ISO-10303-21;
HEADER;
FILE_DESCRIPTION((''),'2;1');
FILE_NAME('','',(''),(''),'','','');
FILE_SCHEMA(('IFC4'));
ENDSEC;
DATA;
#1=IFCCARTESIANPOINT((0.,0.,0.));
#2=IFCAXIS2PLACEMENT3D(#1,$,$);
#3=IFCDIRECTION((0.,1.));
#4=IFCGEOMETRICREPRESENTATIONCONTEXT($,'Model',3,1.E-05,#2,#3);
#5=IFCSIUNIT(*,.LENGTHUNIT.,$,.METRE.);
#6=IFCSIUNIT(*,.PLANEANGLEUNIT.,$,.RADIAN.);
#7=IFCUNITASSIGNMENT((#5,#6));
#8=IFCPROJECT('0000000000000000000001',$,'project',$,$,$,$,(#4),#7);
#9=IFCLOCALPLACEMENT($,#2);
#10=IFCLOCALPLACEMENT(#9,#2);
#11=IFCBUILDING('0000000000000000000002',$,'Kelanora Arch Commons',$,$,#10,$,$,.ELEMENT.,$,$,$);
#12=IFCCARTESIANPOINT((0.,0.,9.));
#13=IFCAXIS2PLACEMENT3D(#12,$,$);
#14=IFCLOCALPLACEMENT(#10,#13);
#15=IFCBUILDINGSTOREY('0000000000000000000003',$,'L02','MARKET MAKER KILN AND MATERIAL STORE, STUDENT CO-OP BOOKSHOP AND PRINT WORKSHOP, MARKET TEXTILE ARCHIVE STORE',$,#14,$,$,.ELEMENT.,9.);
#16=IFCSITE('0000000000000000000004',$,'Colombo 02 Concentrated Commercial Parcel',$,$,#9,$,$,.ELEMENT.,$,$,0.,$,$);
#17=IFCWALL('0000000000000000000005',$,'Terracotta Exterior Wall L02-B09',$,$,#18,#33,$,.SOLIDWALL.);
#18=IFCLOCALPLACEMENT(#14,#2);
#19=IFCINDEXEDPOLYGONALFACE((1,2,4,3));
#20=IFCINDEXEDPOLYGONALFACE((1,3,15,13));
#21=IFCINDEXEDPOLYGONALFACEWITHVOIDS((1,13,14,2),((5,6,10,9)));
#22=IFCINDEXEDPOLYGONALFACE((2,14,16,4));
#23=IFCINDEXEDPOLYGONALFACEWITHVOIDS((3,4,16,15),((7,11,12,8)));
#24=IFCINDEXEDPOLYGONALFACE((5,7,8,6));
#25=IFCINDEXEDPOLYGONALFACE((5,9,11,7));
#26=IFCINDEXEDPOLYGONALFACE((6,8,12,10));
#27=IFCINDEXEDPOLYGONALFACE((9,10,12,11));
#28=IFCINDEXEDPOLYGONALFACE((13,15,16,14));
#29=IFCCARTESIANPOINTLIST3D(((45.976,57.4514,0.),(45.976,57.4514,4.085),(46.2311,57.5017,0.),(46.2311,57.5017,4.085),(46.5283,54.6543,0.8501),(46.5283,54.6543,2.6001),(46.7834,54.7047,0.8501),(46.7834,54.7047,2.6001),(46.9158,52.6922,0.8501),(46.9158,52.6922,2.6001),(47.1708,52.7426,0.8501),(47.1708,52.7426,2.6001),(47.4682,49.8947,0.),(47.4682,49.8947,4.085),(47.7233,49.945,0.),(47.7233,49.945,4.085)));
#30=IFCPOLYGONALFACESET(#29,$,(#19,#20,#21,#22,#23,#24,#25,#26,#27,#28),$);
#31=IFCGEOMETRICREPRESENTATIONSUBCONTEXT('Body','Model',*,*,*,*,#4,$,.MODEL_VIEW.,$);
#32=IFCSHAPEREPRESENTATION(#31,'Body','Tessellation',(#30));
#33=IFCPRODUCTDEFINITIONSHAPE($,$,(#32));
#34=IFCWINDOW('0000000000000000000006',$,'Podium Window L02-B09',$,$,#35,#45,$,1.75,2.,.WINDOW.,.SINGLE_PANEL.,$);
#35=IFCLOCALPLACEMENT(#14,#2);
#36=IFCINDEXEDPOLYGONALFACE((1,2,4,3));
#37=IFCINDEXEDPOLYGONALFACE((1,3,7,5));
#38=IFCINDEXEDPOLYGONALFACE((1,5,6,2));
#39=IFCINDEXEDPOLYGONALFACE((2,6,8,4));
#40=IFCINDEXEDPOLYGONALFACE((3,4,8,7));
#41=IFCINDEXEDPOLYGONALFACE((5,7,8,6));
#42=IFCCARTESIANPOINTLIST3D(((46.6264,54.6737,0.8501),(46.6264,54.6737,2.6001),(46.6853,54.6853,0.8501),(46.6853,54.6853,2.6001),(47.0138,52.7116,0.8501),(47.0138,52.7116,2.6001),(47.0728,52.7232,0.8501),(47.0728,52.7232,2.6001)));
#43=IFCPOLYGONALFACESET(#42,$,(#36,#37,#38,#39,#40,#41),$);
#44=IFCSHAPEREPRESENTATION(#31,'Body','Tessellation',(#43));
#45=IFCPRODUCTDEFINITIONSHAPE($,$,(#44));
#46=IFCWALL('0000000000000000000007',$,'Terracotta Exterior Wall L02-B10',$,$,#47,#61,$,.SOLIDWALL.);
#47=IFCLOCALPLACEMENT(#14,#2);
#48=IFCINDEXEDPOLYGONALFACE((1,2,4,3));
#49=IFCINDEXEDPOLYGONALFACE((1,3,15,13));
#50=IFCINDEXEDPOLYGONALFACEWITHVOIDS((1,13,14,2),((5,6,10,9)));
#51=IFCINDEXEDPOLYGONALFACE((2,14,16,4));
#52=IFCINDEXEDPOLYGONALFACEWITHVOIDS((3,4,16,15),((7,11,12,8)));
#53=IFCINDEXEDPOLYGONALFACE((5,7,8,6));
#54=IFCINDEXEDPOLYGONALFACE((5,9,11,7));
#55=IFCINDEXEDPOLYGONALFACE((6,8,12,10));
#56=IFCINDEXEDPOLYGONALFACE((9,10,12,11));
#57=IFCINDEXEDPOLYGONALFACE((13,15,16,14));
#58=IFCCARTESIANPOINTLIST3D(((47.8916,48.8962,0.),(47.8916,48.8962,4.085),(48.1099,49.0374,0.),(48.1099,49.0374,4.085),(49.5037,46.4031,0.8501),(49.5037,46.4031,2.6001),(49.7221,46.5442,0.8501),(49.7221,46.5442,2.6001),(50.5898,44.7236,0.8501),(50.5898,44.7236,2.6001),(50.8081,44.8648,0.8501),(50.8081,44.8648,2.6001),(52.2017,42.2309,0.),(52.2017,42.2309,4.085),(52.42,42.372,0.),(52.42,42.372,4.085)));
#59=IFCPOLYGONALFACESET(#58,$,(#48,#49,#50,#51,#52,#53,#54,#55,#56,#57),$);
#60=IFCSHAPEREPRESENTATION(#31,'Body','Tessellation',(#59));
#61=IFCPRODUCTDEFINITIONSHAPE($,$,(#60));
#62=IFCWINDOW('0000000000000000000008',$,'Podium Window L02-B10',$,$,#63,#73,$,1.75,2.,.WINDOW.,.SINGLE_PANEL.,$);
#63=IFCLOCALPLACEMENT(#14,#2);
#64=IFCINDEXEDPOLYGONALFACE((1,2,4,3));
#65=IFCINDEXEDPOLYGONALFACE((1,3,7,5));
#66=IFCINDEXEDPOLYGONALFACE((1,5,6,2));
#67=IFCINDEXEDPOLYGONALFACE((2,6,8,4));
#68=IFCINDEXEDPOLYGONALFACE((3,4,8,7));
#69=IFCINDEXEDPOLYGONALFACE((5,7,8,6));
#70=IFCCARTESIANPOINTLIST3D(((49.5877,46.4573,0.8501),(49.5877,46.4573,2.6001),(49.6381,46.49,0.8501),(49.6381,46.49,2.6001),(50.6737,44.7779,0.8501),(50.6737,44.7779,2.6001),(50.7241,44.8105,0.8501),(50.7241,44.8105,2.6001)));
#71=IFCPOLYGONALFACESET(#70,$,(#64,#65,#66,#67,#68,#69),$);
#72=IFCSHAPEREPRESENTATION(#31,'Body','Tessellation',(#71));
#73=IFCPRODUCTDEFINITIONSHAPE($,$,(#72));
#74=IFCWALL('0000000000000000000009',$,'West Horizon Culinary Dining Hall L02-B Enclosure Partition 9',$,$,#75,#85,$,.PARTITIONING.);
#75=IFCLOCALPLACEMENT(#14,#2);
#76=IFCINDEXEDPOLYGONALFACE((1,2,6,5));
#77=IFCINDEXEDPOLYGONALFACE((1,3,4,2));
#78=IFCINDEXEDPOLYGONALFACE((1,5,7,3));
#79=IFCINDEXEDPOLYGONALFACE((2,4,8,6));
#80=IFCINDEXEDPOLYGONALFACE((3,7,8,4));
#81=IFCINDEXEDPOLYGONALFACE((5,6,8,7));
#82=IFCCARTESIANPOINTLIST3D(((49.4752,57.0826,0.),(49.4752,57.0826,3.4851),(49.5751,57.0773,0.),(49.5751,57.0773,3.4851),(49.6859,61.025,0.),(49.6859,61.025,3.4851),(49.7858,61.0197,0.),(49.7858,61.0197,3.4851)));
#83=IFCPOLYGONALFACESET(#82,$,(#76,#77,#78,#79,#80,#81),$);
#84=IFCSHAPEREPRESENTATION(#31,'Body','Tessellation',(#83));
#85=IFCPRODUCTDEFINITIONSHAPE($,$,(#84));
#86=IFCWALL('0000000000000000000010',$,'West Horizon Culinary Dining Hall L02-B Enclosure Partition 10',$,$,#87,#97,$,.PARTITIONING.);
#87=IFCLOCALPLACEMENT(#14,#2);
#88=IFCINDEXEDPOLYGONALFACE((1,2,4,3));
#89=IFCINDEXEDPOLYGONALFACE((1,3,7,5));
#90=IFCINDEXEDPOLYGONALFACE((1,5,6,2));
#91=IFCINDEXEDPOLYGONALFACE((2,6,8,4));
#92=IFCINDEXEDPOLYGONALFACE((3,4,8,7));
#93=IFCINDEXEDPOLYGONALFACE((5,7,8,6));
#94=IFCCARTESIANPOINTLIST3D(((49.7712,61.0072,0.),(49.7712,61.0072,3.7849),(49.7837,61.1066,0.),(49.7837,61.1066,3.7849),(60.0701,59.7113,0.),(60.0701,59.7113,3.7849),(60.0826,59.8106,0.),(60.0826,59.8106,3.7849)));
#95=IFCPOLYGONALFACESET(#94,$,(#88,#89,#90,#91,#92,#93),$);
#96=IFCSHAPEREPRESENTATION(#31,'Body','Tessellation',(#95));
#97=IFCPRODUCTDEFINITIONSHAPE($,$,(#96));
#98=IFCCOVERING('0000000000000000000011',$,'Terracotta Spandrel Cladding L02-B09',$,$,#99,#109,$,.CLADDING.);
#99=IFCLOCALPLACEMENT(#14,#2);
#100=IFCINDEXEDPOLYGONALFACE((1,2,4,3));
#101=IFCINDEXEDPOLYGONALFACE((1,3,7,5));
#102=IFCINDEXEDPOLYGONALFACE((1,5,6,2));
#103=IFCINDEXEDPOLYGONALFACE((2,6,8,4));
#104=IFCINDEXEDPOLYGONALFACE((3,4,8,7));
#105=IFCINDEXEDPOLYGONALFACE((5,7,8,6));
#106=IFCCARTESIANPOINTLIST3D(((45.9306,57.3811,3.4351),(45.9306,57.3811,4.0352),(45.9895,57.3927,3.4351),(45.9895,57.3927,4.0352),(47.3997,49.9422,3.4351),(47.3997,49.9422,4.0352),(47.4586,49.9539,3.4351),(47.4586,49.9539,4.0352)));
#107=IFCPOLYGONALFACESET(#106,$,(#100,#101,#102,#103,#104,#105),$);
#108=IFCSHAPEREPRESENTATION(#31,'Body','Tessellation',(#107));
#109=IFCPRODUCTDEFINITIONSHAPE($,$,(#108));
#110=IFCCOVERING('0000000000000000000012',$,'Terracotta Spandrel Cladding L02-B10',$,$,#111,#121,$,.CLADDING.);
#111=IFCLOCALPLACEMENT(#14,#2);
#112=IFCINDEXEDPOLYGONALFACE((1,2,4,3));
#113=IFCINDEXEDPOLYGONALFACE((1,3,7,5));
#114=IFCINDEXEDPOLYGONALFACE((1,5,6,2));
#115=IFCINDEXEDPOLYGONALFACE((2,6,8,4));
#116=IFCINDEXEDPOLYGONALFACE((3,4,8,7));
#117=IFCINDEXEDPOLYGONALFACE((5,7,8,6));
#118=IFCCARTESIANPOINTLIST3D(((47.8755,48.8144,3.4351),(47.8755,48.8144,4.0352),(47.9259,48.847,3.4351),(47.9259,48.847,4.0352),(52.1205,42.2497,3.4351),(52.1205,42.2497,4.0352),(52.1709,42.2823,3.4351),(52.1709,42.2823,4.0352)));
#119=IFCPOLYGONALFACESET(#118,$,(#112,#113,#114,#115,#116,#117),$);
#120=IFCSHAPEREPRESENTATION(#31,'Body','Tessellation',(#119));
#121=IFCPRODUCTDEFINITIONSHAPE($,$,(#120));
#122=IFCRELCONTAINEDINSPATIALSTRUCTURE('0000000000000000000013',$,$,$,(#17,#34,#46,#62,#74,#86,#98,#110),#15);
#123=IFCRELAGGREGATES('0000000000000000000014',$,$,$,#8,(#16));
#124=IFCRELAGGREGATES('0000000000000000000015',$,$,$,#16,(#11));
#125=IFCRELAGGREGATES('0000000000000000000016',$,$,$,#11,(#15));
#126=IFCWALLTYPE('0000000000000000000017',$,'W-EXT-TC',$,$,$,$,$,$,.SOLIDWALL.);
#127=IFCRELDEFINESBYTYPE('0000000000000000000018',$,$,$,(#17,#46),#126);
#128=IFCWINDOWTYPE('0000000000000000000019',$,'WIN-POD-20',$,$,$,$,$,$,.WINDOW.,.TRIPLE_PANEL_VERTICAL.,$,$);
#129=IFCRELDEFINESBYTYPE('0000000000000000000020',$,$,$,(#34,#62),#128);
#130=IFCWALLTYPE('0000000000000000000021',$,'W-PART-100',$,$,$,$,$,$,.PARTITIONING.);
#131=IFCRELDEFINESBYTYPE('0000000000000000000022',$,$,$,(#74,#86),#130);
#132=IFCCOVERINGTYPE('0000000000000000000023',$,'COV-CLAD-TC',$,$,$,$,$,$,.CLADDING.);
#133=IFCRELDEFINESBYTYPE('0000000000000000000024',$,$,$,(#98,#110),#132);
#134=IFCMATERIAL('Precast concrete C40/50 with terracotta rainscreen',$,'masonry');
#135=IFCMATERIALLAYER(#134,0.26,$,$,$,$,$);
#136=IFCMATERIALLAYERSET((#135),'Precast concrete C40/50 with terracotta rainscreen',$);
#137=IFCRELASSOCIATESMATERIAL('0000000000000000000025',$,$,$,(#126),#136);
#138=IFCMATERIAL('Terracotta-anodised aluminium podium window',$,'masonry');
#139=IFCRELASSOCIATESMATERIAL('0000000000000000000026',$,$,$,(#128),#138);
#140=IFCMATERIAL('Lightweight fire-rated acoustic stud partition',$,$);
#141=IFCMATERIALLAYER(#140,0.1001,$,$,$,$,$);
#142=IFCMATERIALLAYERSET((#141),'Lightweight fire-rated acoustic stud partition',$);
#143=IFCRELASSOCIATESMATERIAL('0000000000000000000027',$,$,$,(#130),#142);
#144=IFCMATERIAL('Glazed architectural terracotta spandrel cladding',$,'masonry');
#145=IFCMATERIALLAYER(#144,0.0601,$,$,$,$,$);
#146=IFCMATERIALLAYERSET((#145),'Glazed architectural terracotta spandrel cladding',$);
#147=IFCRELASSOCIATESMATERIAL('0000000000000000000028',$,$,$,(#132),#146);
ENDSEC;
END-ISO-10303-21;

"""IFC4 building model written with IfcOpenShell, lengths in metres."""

from ifc_helpers import new_model, si_unit, direction, frame, frame_2d, origin, origin_2d, place, context, subcontext, project, spatial, rectangle, extrude, source, transform, mapped, material, layer, layer_set, type_object, element, fill, save


model = new_model("IFC4")

# Units and contexts
model_context = context("Model", 3, precision=1e-05, world=origin(), true_north=direction((0.0, 1.0)))
body_context = subcontext(model_context, "Body", "Model", "MODEL_VIEW")
ifc_project = project(units=[si_unit("LENGTHUNIT", "METRE"), si_unit("PLANEANGLEUNIT", "RADIAN")], contexts=[model_context])

# Site, building, storey
site_placement = place(None, origin())
site = spatial("IfcSite", under=ifc_project, at=site_placement, Name="Colombo 02 Concentrated Commercial Parcel", CompositionType="ELEMENT", RefElevation=0.0)
building_placement = place(site_placement, origin())
building = spatial("IfcBuilding", under=site, at=building_placement, Name="Kelanora Arch Commons", CompositionType="ELEMENT")
storey_placement = place(building_placement, frame((0.0, 0.0, 9.0)))
storey = spatial("IfcBuildingStorey", under=building, at=storey_placement, Name="L02", Description="MARKET MAKER KILN AND MATERIAL STORE, STUDENT CO-OP BOOKSHOP AND PRINT WORKSHOP, MARKET TEXTILE ARCHIVE STORE", CompositionType="ELEMENT", Elevation=9.0)

# Walls, openings, windows
ifc_material_1 = material(Name="Precast concrete C40/50 with terracotta rainscreen", Category="masonry")
ifc_layer_1 = layer(ifc_material_1, 0.26)
ifc_layer_set_1 = layer_set([ifc_layer_1], Name="Precast concrete C40/50 with terracotta rainscreen")
wall_type_1 = type_object("IfcWallType", Name="W-EXT-TC", PredefinedType="SOLIDWALL", material=ifc_layer_set_1)
wall_1_placement = place(storey_placement, frame((46.1035, 57.4766, 0.0), z_axis=(0.0, 0.0, 1.0), x_axis=(0.193726, -0.981056, 0.0)))
wall_1 = element("IfcWall", 1, at=wall_1_placement, inside=storey, type_object=wall_type_1, Name="Terracotta Exterior Wall L02-B09", PredefinedType="SOLIDWALL", context=body_context, shape_type="SweptSolid", body=[
    extrude(rectangle(XDim=7.7026, YDim=0.26, at=frame_2d((3.8513, 0.0))), origin(), (0.0, 0.0, 1.0), 4.085),
])
opening_1_placement = place(wall_1_placement, frame((2.8511, 0.0, 0.8501)))
opening_1 = element("IfcOpeningElement", 2, at=opening_1_placement, cuts=wall_1, PredefinedType="OPENING", context=body_context, shape_type="SweptSolid", body=[
    extrude(rectangle(XDim=2.0, YDim=1.75, at=frame_2d((1.0, 0.875))), frame((0.0, 0.1401, 0.0), z_axis=(0.0, -1.0, 0.0), x_axis=(1.0, 0.0, 0.0)), (0.0, 0.0, 1.0), 0.28),
])
ifc_material_2 = material(Name="Terracotta-anodised aluminium podium window", Category="masonry")
window_type_1 = type_object("IfcWindowType", Name="WIN-POD-20", PartitioningType="TRIPLE_PANEL_VERTICAL", PredefinedType="WINDOW", material=ifc_material_2)
window_1_placement = place(opening_1_placement, origin())
window_1 = element("IfcWindow", 3, at=window_1_placement, inside=storey, type_object=window_type_1, Name="Podium Window L02-B09", OverallHeight=1.75, OverallWidth=2.0, PartitioningType="SINGLE_PANEL", PredefinedType="WINDOW", context=body_context, shape_type="SweptSolid", body=[
    extrude(rectangle(XDim=2.0, YDim=1.75, at=frame_2d((1.0, 0.875))), frame((0.0, 0.03, 0.0), z_axis=(0.0, -1.0, 0.0), x_axis=(1.0, 0.0, 0.0)), (0.0, 0.0, 1.0), 0.0601),
])
fill(opening_1, window_1)
wall_2_placement = place(storey_placement, frame((48.0007, 48.9668, 0.0), z_axis=(0.0, 0.0, 1.0), x_axis=(0.543005, -0.839729, 0.0)))
wall_2 = element("IfcWall", 4, at=wall_2_placement, inside=storey, type_object=wall_type_1, Name="Terracotta Exterior Wall L02-B10", PredefinedType="SOLIDWALL", context=body_context, shape_type="SweptSolid", body=[
    extrude(rectangle(XDim=7.9375, YDim=0.26, at=frame_2d((3.9688, 0.0))), origin(), (0.0, 0.0, 1.0), 4.085),
])
opening_2_placement = place(wall_2_placement, frame((2.969, 0.0, 0.8501)))
opening_2 = element("IfcOpeningElement", 5, at=opening_2_placement, cuts=wall_2, PredefinedType="OPENING", context=body_context, shape_type="SweptSolid", body=[
    extrude(rectangle(XDim=2.0, YDim=1.75, at=frame_2d((1.0, 0.875))), frame((0.0, 0.1401, 0.0), z_axis=(0.0, -1.0, 0.0), x_axis=(1.0, 0.0, 0.0)), (0.0, 0.0, 1.0), 0.28),
])
window_2_placement = place(opening_2_placement, origin())
window_2 = element("IfcWindow", 6, at=window_2_placement, inside=storey, type_object=window_type_1, Name="Podium Window L02-B10", OverallHeight=1.75, OverallWidth=2.0, PartitioningType="SINGLE_PANEL", PredefinedType="WINDOW", context=body_context, shape_type="SweptSolid", body=[
    extrude(rectangle(XDim=2.0, YDim=1.75, at=frame_2d((1.0, 0.875))), frame((0.0, 0.03, 0.0), z_axis=(0.0, -1.0, 0.0), x_axis=(1.0, 0.0, 0.0)), (0.0, 0.0, 1.0), 0.0601),
])
fill(opening_2, window_2)

# Walls
ifc_material_3 = material(Name="Lightweight fire-rated acoustic stud partition")
ifc_layer_2 = layer(ifc_material_3, 0.1001)
ifc_layer_set_2 = layer_set([ifc_layer_2], Name="Lightweight fire-rated acoustic stud partition")
wall_type_2 = type_object("IfcWallType", Name="W-PART-100", PredefinedType="PARTITIONING", material=ifc_layer_set_2)
wall_3_placement = place(storey_placement, frame((49.5251, 57.0798, 0.0), z_axis=(0.0, 0.0, 1.0), x_axis=(0.053367, 0.998575, 0.0)))
element("IfcWall", 7, at=wall_3_placement, inside=storey, type_object=wall_type_2, Name="West Horizon Culinary Dining Hall L02-B Enclosure Partition 9", PredefinedType="PARTITIONING", context=body_context, shape_type="SweptSolid", body=[
    extrude(rectangle(XDim=3.948, YDim=0.1001, at=frame_2d((1.9741, 0.0))), origin(), (0.0, 0.0, 1.0), 3.4851),
])
wall_4_placement = place(storey_placement, frame((49.7776, 61.0569, 0.0), z_axis=(0.0, 0.0, 1.0), x_axis=(0.992176, -0.124845, 0.0)))
element("IfcWall", 8, at=wall_4_placement, inside=storey, type_object=wall_type_2, Name="West Horizon Culinary Dining Hall L02-B Enclosure Partition 10", PredefinedType="PARTITIONING", context=body_context, shape_type="SweptSolid", body=[
    extrude(rectangle(XDim=10.3801, YDim=0.1001, at=frame_2d((5.1899, 0.0))), origin(), (0.0, 0.0, 1.0), 3.7849),
])

# Coverings
ifc_material_4 = material(Name="Glazed architectural terracotta spandrel cladding", Category="masonry")
ifc_layer_3 = layer(ifc_material_4, 0.0601)
ifc_layer_set_3 = layer_set([ifc_layer_3], Name="Glazed architectural terracotta spandrel cladding")
covering_type = type_object("IfcCoveringType", Name="COV-CLAD-TC", PredefinedType="CLADDING", material=ifc_layer_set_3)
shared_shape_1 = source(origin(), body_context, "Body", "SweptSolid", [
    extrude(rectangle(XDim=7.5825, YDim=0.0601, at=origin_2d()), origin(), (0.0, 0.0, 1.0), 0.6001),
])
covering_1_placement = place(storey_placement, frame((46.6946, 53.6675, 3.4351), z_axis=(0.0, 0.0, 1.0), x_axis=(0.193744, -0.981052, 0.0)))
element("IfcCovering", 9, at=covering_1_placement, inside=storey, type_object=covering_type, Name="Terracotta Spandrel Cladding L02-B09", PredefinedType="CLADDING", context=body_context, shape_type="MappedRepresentation", body=[
    mapped(shared_shape_1, transform((0.0, 0.0, 0.0), scale=1.0)),
])
shared_shape_2 = source(origin(), body_context, "Body", "SweptSolid", [
    extrude(rectangle(XDim=7.8176, YDim=0.0601, at=origin_2d()), origin(), (0.0, 0.0, 1.0), 0.6001),
])
covering_2_placement = place(storey_placement, frame((50.0232, 45.5483, 3.4351), z_axis=(0.0, 0.0, 1.0), x_axis=(0.543005, -0.839729, 0.0)))
element("IfcCovering", 10, at=covering_2_placement, inside=storey, type_object=covering_type, Name="Terracotta Spandrel Cladding L02-B10", PredefinedType="CLADDING", context=body_context, shape_type="MappedRepresentation", body=[
    mapped(shared_shape_2, transform((0.0, 0.0, 0.0), scale=1.0)),
])

save(model, "model.ifc")
